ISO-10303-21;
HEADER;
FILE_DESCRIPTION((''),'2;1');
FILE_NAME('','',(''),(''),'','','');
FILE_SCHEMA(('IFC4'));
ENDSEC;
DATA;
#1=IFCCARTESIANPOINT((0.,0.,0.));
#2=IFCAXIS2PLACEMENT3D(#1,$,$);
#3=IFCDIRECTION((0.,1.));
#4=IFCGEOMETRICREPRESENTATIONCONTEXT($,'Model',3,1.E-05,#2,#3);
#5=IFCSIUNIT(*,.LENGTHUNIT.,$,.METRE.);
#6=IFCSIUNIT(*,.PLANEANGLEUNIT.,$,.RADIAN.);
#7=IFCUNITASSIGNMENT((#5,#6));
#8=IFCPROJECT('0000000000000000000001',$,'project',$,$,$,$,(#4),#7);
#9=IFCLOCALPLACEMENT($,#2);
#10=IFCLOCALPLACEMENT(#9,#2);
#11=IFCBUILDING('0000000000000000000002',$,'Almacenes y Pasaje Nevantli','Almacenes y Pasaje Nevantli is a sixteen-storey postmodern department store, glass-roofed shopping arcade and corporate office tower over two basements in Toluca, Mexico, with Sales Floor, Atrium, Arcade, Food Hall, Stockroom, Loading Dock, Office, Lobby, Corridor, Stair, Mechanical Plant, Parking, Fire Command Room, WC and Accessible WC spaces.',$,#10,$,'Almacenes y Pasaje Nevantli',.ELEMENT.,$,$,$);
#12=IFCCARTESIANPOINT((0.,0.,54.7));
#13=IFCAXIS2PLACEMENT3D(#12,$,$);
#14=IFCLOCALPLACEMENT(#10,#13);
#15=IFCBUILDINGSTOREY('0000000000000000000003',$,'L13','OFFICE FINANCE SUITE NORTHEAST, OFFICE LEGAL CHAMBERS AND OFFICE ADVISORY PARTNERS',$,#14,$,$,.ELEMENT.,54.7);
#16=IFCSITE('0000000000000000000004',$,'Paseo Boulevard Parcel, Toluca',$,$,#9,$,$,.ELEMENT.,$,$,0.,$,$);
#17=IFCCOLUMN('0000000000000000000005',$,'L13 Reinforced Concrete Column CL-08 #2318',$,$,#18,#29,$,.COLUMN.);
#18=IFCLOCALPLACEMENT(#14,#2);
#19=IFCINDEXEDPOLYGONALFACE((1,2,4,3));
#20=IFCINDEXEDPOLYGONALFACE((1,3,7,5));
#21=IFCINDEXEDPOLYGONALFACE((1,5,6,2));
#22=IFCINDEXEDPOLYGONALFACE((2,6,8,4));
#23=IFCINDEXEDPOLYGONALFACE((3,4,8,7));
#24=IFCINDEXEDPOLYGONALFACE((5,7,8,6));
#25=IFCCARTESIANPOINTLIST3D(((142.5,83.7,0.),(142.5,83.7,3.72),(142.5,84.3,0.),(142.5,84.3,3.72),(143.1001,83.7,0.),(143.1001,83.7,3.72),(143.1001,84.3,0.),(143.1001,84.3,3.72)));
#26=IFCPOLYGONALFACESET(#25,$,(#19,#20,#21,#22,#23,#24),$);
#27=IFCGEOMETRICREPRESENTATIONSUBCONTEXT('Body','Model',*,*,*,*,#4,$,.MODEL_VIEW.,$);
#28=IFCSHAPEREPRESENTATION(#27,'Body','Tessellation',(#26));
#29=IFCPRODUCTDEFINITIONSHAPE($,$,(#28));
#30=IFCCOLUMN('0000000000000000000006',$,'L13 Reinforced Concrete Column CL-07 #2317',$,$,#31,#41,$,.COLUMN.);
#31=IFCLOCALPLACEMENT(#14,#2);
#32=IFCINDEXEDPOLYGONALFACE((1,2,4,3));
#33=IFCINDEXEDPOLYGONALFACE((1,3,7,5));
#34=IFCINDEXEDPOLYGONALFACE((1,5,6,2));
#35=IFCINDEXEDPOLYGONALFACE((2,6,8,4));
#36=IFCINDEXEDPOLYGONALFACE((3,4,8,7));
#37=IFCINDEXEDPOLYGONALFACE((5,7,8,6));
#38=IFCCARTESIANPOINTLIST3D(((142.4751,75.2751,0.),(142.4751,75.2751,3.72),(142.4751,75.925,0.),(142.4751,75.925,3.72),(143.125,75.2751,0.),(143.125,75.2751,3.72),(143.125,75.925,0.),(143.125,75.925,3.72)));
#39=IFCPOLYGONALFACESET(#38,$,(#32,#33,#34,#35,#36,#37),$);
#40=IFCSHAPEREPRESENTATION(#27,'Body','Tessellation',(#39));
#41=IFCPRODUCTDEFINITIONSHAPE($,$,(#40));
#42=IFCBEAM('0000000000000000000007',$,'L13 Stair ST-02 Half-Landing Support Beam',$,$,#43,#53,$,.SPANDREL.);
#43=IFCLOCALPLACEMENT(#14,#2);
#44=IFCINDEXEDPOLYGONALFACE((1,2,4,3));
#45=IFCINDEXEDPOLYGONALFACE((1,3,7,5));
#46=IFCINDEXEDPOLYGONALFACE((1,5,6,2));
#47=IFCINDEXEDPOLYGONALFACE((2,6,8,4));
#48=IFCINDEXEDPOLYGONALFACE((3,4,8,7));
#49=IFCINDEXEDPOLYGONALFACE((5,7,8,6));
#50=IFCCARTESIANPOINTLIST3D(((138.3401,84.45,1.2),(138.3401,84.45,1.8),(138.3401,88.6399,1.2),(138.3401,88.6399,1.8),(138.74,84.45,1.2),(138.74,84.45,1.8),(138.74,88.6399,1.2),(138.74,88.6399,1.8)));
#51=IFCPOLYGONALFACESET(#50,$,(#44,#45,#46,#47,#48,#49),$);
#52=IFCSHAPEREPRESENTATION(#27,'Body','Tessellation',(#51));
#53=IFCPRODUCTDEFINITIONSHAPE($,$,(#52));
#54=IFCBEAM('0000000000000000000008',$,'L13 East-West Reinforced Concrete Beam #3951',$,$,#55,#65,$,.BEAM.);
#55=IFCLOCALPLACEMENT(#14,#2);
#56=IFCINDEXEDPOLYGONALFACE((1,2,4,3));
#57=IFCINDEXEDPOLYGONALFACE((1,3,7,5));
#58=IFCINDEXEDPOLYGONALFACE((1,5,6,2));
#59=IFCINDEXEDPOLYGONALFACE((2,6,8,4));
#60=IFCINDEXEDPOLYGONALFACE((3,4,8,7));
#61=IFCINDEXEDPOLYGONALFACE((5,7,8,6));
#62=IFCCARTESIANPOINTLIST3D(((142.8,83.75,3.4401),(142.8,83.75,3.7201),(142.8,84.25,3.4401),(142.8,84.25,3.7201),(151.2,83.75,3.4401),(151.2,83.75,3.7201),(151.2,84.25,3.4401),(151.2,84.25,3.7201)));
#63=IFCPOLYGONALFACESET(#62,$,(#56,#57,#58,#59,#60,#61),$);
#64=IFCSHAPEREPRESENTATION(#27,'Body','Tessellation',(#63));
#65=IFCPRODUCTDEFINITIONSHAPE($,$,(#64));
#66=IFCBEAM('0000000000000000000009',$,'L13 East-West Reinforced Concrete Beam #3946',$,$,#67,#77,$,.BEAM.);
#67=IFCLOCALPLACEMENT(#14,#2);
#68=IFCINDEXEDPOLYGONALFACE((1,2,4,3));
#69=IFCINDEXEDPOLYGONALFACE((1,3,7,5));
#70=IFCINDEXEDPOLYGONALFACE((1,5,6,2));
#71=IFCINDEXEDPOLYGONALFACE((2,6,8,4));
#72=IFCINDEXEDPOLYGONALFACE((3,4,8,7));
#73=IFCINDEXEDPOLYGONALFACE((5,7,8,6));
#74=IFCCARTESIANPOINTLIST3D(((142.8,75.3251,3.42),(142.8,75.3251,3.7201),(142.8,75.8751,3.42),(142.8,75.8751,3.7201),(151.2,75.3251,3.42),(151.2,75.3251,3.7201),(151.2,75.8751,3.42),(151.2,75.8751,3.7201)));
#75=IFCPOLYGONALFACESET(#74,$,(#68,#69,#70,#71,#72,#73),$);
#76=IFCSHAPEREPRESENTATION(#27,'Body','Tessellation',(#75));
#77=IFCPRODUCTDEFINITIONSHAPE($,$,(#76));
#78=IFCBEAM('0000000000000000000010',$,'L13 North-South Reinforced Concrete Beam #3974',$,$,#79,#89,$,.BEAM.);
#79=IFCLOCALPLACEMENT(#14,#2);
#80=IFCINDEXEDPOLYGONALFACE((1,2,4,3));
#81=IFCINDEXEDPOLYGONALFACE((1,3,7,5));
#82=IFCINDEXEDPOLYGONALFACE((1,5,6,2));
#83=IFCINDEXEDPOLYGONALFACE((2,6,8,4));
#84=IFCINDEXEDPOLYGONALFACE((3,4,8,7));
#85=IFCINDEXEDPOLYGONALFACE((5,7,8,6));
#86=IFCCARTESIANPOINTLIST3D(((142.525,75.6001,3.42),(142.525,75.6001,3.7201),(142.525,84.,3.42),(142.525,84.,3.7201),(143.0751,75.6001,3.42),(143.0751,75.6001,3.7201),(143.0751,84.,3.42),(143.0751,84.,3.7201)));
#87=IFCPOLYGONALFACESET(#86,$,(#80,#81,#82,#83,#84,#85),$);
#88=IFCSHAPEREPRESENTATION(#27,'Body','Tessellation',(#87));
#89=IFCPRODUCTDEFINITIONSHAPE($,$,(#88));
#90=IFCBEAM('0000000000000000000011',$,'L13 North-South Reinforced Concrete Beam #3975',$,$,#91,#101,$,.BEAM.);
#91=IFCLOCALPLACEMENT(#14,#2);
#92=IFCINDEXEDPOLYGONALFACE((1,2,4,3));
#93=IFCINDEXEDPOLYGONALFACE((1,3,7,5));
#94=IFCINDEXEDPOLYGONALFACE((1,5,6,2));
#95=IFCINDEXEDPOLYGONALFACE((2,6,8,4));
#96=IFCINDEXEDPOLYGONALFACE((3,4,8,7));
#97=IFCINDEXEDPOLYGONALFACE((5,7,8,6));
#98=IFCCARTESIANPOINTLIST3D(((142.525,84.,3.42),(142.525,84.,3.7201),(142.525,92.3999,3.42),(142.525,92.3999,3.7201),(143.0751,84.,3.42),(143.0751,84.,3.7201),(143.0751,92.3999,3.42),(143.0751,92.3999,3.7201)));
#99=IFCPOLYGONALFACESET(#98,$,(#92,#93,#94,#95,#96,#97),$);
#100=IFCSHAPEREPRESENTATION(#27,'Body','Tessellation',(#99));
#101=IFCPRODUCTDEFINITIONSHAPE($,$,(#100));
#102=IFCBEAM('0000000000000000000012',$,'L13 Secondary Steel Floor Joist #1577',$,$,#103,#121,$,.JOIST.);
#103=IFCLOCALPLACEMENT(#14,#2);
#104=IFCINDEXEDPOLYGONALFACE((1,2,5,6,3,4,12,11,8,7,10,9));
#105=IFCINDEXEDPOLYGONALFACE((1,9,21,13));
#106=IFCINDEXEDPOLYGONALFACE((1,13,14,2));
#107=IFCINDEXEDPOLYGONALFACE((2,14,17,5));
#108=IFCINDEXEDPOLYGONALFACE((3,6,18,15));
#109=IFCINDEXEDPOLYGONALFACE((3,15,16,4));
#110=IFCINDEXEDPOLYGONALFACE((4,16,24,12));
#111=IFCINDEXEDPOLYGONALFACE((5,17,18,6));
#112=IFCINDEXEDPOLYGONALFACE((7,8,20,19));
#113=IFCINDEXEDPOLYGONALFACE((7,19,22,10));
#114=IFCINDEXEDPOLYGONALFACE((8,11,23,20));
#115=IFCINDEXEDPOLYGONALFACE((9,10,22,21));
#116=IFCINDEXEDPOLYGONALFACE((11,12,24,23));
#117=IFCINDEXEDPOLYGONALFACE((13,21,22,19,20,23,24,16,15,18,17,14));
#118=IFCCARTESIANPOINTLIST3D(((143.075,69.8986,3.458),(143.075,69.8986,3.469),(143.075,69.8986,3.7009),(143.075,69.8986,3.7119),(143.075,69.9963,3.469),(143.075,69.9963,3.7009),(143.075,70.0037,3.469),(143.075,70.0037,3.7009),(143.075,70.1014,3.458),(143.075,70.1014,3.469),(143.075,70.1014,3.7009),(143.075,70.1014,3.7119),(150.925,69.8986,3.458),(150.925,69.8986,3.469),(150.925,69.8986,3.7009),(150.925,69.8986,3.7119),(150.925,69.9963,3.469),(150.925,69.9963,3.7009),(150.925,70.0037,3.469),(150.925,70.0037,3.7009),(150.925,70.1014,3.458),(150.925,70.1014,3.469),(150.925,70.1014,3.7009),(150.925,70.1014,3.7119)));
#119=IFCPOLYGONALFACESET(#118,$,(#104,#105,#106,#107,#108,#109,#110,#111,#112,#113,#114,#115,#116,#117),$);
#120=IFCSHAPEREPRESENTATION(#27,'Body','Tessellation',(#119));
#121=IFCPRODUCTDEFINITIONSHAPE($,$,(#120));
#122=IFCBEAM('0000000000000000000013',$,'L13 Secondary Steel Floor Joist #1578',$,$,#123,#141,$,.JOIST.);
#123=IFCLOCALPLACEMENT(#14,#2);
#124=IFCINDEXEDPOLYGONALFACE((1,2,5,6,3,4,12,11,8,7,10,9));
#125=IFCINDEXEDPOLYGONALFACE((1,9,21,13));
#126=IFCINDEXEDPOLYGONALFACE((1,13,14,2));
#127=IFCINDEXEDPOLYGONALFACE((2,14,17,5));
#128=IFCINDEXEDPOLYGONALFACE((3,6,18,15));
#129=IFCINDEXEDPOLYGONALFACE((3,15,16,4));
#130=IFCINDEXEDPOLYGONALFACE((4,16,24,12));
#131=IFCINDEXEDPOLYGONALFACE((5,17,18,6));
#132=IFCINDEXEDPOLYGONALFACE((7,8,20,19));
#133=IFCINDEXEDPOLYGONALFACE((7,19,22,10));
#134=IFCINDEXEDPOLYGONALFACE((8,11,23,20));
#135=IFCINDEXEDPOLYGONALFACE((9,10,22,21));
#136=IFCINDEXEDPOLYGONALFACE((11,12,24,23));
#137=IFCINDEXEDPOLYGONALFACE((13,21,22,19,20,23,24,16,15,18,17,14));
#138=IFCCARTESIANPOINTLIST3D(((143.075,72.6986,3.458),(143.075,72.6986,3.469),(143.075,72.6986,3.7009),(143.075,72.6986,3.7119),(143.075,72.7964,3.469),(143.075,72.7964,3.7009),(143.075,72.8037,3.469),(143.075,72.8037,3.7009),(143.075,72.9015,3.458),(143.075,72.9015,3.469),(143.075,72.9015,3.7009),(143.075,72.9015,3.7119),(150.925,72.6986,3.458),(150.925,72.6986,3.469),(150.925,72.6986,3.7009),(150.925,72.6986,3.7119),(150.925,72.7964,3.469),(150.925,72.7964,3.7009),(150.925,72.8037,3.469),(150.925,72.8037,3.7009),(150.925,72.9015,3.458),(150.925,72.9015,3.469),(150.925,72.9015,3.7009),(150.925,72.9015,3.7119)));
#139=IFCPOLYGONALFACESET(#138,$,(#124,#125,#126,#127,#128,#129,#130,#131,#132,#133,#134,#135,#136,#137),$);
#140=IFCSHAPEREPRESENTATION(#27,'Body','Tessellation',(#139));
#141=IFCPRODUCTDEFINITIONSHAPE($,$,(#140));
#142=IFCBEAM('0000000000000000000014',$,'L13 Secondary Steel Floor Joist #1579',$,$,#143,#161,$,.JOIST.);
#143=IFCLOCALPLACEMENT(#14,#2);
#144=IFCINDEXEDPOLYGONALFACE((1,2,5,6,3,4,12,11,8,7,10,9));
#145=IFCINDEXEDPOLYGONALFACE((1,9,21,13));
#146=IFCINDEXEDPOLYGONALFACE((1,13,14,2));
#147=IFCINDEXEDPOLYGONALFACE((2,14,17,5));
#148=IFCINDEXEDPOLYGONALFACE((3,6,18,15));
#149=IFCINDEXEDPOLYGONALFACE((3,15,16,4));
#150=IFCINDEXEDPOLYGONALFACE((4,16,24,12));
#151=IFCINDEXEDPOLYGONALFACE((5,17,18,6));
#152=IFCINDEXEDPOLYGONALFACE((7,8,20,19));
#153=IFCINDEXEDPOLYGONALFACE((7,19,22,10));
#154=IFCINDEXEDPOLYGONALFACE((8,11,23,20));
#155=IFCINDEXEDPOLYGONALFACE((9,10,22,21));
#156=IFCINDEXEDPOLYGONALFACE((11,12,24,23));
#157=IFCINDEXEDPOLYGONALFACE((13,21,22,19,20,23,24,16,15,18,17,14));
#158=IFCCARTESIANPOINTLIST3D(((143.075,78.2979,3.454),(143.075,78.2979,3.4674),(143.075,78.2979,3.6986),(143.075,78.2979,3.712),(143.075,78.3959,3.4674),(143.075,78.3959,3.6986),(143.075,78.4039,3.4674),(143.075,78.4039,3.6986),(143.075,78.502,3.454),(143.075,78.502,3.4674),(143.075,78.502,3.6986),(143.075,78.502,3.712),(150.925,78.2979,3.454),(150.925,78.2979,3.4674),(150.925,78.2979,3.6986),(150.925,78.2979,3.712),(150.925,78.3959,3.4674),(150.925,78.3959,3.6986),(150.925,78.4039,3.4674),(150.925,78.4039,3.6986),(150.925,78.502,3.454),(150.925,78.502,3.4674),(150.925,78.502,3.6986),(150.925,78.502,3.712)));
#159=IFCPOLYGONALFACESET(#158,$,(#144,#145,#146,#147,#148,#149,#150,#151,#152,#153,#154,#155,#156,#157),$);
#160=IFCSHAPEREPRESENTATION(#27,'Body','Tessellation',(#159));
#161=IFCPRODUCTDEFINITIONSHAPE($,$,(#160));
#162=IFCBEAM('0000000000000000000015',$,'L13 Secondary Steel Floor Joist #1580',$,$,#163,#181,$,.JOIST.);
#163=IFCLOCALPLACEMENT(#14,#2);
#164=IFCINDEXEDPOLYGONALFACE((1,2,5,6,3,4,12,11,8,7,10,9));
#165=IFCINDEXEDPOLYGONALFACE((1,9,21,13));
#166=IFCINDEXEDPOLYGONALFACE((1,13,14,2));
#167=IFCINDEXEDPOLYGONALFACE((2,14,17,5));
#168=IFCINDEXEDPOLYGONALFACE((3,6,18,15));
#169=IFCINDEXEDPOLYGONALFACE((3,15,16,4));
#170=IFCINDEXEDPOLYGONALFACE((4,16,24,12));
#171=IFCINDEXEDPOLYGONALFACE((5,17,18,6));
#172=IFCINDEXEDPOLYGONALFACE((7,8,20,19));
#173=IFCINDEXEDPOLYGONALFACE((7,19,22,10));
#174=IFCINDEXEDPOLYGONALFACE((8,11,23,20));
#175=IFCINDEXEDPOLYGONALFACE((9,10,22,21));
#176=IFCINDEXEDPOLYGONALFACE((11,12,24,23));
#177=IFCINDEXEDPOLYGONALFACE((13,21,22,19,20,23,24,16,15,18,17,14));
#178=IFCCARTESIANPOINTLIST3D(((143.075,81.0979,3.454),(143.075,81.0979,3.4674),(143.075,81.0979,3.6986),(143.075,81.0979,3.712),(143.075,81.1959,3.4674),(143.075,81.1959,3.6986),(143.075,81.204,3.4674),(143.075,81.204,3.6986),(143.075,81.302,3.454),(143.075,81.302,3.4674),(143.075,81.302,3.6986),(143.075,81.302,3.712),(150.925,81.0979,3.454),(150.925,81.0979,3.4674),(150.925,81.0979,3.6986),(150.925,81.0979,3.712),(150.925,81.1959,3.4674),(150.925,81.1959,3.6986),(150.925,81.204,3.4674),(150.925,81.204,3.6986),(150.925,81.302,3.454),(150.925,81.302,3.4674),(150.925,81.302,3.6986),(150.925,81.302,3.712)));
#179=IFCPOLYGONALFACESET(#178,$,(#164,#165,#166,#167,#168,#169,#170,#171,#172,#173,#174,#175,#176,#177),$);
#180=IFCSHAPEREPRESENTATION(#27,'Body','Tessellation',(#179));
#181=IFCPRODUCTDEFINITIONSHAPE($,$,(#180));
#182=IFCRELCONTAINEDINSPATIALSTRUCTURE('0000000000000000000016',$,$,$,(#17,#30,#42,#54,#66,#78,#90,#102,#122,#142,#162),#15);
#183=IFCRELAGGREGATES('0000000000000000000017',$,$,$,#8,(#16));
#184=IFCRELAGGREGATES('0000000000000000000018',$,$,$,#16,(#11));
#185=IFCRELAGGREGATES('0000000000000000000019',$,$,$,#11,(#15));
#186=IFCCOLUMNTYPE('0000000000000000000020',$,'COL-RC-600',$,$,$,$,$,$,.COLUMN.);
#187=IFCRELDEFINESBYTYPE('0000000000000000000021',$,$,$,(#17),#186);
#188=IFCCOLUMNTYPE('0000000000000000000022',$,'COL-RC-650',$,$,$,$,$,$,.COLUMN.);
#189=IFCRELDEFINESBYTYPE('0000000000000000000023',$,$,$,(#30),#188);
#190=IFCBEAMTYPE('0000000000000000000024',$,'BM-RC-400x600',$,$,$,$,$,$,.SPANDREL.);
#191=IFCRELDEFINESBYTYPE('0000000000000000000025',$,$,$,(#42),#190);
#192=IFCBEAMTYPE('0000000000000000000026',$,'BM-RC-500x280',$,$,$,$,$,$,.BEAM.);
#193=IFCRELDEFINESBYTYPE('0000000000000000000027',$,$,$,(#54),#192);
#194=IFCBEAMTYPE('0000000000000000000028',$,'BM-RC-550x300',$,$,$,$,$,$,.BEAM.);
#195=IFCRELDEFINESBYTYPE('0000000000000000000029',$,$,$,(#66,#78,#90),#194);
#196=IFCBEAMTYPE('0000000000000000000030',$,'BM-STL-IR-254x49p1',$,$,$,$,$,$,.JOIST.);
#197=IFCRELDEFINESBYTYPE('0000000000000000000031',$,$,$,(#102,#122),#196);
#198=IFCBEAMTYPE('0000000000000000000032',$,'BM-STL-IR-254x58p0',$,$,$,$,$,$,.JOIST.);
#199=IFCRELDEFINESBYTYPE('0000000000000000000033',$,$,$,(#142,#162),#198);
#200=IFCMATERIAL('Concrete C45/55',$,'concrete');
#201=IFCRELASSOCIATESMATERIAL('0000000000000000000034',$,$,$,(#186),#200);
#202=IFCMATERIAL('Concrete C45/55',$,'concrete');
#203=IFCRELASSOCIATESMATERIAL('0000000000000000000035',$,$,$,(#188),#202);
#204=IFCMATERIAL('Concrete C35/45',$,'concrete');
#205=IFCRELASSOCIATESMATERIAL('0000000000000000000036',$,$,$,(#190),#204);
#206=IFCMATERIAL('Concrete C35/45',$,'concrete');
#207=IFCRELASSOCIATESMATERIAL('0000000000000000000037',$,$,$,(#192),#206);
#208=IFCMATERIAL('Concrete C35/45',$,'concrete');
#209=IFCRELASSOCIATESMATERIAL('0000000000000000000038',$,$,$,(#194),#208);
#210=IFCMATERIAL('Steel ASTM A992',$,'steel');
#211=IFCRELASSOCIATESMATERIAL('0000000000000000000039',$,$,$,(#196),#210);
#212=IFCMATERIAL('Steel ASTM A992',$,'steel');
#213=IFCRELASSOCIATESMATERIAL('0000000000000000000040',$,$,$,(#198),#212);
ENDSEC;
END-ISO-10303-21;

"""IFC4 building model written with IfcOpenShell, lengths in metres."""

from ifc_helpers import new_model, si_unit, direction, frame, origin, origin_2d, place, context, subcontext, project, spatial, rectangle, i_section, extrude, material, material_profile, profile_set, type_object, element, save


model = new_model("IFC4")

# Units and contexts
model_context = context("Model", 3, precision=1e-05, world=origin(), true_north=direction((0.0, 1.0)))
body_context = subcontext(model_context, "Body", "Model", "MODEL_VIEW")
ifc_project = project(units=[si_unit("LENGTHUNIT", "METRE"), si_unit("PLANEANGLEUNIT", "RADIAN")], contexts=[model_context])

# Site, building, storey
site_placement = place(None, origin())
site = spatial("IfcSite", under=ifc_project, at=site_placement, Name="Paseo Boulevard Parcel, Toluca", CompositionType="ELEMENT", RefElevation=0.0)
building_placement = place(site_placement, origin())
building = spatial("IfcBuilding", under=site, at=building_placement, Name="Almacenes y Pasaje Nevantli", Description="Almacenes y Pasaje Nevantli is a sixteen-storey postmodern department store, glass-roofed shopping arcade and corporate office tower over two basements in Toluca, Mexico, with Sales Floor, Atrium, Arcade, Food Hall, Stockroom, Loading Dock, Office, Lobby, Corridor, Stair, Mechanical Plant, Parking, Fire Command Room, WC and Accessible WC spaces.", LongName="Almacenes y Pasaje Nevantli", CompositionType="ELEMENT")
storey_placement = place(building_placement, frame((0.0, 0.0, 54.7)))
storey = spatial("IfcBuildingStorey", under=building, at=storey_placement, Name="L13", Description="OFFICE FINANCE SUITE NORTHEAST, OFFICE LEGAL CHAMBERS AND OFFICE ADVISORY PARTNERS", CompositionType="ELEMENT", Elevation=54.7)

# Columns
ifc_material_1 = material(Name="Concrete C45/55", Category="concrete")
ifc_material_profile_1 = material_profile(ifc_material_1, rectangle(XDim=0.6001, YDim=0.6001, at=origin_2d()), Name="RC-COL-600x600")
ifc_profile_set_1 = profile_set([ifc_material_profile_1], Name="Concrete C45/55")
column_type_1 = type_object("IfcColumnType", Name="COL-RC-600", PredefinedType="COLUMN", material=ifc_profile_set_1)
column_1_placement = place(storey_placement, frame((142.8, 84.0, 0.0), z_axis=(0.0, 0.0, 1.0), x_axis=(1.0, 0.0, 0.0)))
element("IfcColumn", 1, at=column_1_placement, inside=storey, type_object=column_type_1, Name="L13 Reinforced Concrete Column CL-08 #2318", PredefinedType="COLUMN", context=body_context, shape_type="SweptSolid", body=[
    extrude(rectangle(XDim=0.6001, YDim=0.6001, at=origin_2d()), origin(), (0.0, 0.0, 1.0), 3.72),
])
ifc_material_2 = material(Name="Concrete C45/55", Category="concrete")
ifc_material_profile_2 = material_profile(ifc_material_2, rectangle(XDim=0.6499, YDim=0.6499, at=origin_2d()), Name="RC-COL-650x650")
ifc_profile_set_2 = profile_set([ifc_material_profile_2], Name="Concrete C45/55")
column_type_2 = type_object("IfcColumnType", Name="COL-RC-650", PredefinedType="COLUMN", material=ifc_profile_set_2)
column_2_placement = place(storey_placement, frame((142.8, 75.6001, 0.0), z_axis=(0.0, 0.0, 1.0), x_axis=(1.0, 0.0, 0.0)))
element("IfcColumn", 2, at=column_2_placement, inside=storey, type_object=column_type_2, Name="L13 Reinforced Concrete Column CL-07 #2317", PredefinedType="COLUMN", context=body_context, shape_type="SweptSolid", body=[
    extrude(rectangle(XDim=0.6499, YDim=0.6499, at=origin_2d()), origin(), (0.0, 0.0, 1.0), 3.72),
])

# Beams
ifc_material_3 = material(Name="Concrete C35/45", Category="concrete")
ifc_material_profile_3 = material_profile(ifc_material_3, rectangle(XDim=0.3999, YDim=0.6001, at=origin_2d()), Name="RC-BM-400x600")
ifc_profile_set_3 = profile_set([ifc_material_profile_3], Name="Concrete C35/45")
beam_type_1 = type_object("IfcBeamType", Name="BM-RC-400x600", PredefinedType="SPANDREL", material=ifc_profile_set_3)
beam_1_placement = place(storey_placement, frame((138.54, 84.45, 1.5), z_axis=(0.0, 1.0, 0.0), x_axis=(-1.0, 0.0, 0.0)))
element("IfcBeam", 3, at=beam_1_placement, inside=storey, type_object=beam_type_1, Name="L13 Stair ST-02 Half-Landing Support Beam", PredefinedType="SPANDREL", context=body_context, shape_type="SweptSolid", body=[
    extrude(rectangle(XDim=0.3999, YDim=0.6001, at=origin_2d()), origin(), (0.0, 0.0, 1.0), 4.1899),
])
ifc_material_4 = material(Name="Concrete C35/45", Category="concrete")
ifc_material_profile_4 = material_profile(ifc_material_4, rectangle(XDim=0.5, YDim=0.28, at=origin_2d()), Name="RC-BM-500x280")
ifc_profile_set_4 = profile_set([ifc_material_profile_4], Name="Concrete C35/45")
beam_type_2 = type_object("IfcBeamType", Name="BM-RC-500x280", PredefinedType="BEAM", material=ifc_profile_set_4)
beam_2_placement = place(storey_placement, frame((142.8, 84.0, 3.5801), z_axis=(1.0, 0.0, 0.0), x_axis=(0.0, 1.0, 0.0)))
element("IfcBeam", 4, at=beam_2_placement, inside=storey, type_object=beam_type_2, Name="L13 East-West Reinforced Concrete Beam #3951", PredefinedType="BEAM", context=body_context, shape_type="SweptSolid", body=[
    extrude(rectangle(XDim=0.5, YDim=0.28, at=origin_2d()), origin(), (0.0, 0.0, 1.0), 8.3999),
])
ifc_material_5 = material(Name="Concrete C35/45", Category="concrete")
ifc_material_profile_5 = material_profile(ifc_material_5, rectangle(XDim=0.55, YDim=0.3, at=origin_2d()), Name="RC-BM-550x300")
ifc_profile_set_5 = profile_set([ifc_material_profile_5], Name="Concrete C35/45")
beam_type_3 = type_object("IfcBeamType", Name="BM-RC-550x300", PredefinedType="BEAM", material=ifc_profile_set_5)
for number, where, z_axis, x_axis, name in (
    (5, (142.8, 75.6001, 3.5701), (1.0, 0.0, 0.0), (0.0, 1.0, 0.0), "L13 East-West Reinforced Concrete Beam #3946"),
    (6, (142.8, 75.6001, 3.5701), (0.0, 1.0, 0.0), (-1.0, 0.0, 0.0), "L13 North-South Reinforced Concrete Beam #3974"),
    (7, (142.8, 84.0, 3.5701), (0.0, 1.0, 0.0), (-1.0, 0.0, 0.0), "L13 North-South Reinforced Concrete Beam #3975"),
):
    element("IfcBeam", number, at=place(storey_placement, frame(where, z_axis=z_axis, x_axis=x_axis)), inside=storey, type_object=beam_type_3, Name=name, PredefinedType="BEAM", context=body_context, shape_type="SweptSolid", body=[
        extrude(rectangle(XDim=0.55, YDim=0.3, at=origin_2d()), origin(), (0.0, 0.0, 1.0), 8.3999),
    ])
ifc_material_6 = material(Name="Steel ASTM A992", Category="steel")
ifc_material_profile_6 = material_profile(ifc_material_6, i_section(OverallWidth=0.2029, OverallDepth=0.2539, WebThickness=0.0073, FlangeThickness=0.011, at=origin_2d()), Name="IR 254x49.1")
ifc_profile_set_6 = profile_set([ifc_material_profile_6], Name="Steel ASTM A992")
beam_type_4 = type_object("IfcBeamType", Name="BM-STL-IR-254x49p1", PredefinedType="JOIST", material=ifc_profile_set_6)
for number, where, z_axis, x_axis, name in (
    (8, (143.075, 70.0, 3.585), (1.0, 0.0, 0.0), (0.0, 1.0, 0.0), "L13 Secondary Steel Floor Joist #1577"),
    (9, (143.075, 72.8, 3.585), (1.0, 0.0, 0.0), (0.0, 1.0, 0.0), "L13 Secondary Steel Floor Joist #1578"),
):
    element("IfcBeam", number, at=place(storey_placement, frame(where, z_axis=z_axis, x_axis=x_axis)), inside=storey, type_object=beam_type_4, Name=name, PredefinedType="JOIST", context=body_context, shape_type="SweptSolid", body=[
        extrude(i_section(OverallWidth=0.2029, OverallDepth=0.2539, WebThickness=0.0073, FlangeThickness=0.011, at=origin_2d()), origin(), (0.0, 0.0, 1.0), 7.8501),
    ])
ifc_material_7 = material(Name="Steel ASTM A992", Category="steel")
ifc_material_profile_7 = material_profile(ifc_material_7, i_section(OverallWidth=0.2041, OverallDepth=0.2581, WebThickness=0.0081, FlangeThickness=0.0134, at=origin_2d()), Name="IR 254x58.0")
ifc_profile_set_7 = profile_set([ifc_material_profile_7], Name="Steel ASTM A992")
beam_type_5 = type_object("IfcBeamType", Name="BM-STL-IR-254x58p0", PredefinedType="JOIST", material=ifc_profile_set_7)
for number, where, z_axis, x_axis, name in (
    (10, (143.075, 78.3999, 3.583), (1.0, 0.0, 0.0), (0.0, 1.0, 0.0), "L13 Secondary Steel Floor Joist #1579"),
    (11, (143.075, 81.2, 3.583), (1.0, 0.0, 0.0), (0.0, 1.0, 0.0), "L13 Secondary Steel Floor Joist #1580"),
):
    element("IfcBeam", number, at=place(storey_placement, frame(where, z_axis=z_axis, x_axis=x_axis)), inside=storey, type_object=beam_type_5, Name=name, PredefinedType="JOIST", context=body_context, shape_type="SweptSolid", body=[
        extrude(i_section(OverallWidth=0.2041, OverallDepth=0.2581, WebThickness=0.0081, FlangeThickness=0.0134, at=origin_2d()), origin(), (0.0, 0.0, 1.0), 7.8501),
    ])

save(model, "model.ifc")
